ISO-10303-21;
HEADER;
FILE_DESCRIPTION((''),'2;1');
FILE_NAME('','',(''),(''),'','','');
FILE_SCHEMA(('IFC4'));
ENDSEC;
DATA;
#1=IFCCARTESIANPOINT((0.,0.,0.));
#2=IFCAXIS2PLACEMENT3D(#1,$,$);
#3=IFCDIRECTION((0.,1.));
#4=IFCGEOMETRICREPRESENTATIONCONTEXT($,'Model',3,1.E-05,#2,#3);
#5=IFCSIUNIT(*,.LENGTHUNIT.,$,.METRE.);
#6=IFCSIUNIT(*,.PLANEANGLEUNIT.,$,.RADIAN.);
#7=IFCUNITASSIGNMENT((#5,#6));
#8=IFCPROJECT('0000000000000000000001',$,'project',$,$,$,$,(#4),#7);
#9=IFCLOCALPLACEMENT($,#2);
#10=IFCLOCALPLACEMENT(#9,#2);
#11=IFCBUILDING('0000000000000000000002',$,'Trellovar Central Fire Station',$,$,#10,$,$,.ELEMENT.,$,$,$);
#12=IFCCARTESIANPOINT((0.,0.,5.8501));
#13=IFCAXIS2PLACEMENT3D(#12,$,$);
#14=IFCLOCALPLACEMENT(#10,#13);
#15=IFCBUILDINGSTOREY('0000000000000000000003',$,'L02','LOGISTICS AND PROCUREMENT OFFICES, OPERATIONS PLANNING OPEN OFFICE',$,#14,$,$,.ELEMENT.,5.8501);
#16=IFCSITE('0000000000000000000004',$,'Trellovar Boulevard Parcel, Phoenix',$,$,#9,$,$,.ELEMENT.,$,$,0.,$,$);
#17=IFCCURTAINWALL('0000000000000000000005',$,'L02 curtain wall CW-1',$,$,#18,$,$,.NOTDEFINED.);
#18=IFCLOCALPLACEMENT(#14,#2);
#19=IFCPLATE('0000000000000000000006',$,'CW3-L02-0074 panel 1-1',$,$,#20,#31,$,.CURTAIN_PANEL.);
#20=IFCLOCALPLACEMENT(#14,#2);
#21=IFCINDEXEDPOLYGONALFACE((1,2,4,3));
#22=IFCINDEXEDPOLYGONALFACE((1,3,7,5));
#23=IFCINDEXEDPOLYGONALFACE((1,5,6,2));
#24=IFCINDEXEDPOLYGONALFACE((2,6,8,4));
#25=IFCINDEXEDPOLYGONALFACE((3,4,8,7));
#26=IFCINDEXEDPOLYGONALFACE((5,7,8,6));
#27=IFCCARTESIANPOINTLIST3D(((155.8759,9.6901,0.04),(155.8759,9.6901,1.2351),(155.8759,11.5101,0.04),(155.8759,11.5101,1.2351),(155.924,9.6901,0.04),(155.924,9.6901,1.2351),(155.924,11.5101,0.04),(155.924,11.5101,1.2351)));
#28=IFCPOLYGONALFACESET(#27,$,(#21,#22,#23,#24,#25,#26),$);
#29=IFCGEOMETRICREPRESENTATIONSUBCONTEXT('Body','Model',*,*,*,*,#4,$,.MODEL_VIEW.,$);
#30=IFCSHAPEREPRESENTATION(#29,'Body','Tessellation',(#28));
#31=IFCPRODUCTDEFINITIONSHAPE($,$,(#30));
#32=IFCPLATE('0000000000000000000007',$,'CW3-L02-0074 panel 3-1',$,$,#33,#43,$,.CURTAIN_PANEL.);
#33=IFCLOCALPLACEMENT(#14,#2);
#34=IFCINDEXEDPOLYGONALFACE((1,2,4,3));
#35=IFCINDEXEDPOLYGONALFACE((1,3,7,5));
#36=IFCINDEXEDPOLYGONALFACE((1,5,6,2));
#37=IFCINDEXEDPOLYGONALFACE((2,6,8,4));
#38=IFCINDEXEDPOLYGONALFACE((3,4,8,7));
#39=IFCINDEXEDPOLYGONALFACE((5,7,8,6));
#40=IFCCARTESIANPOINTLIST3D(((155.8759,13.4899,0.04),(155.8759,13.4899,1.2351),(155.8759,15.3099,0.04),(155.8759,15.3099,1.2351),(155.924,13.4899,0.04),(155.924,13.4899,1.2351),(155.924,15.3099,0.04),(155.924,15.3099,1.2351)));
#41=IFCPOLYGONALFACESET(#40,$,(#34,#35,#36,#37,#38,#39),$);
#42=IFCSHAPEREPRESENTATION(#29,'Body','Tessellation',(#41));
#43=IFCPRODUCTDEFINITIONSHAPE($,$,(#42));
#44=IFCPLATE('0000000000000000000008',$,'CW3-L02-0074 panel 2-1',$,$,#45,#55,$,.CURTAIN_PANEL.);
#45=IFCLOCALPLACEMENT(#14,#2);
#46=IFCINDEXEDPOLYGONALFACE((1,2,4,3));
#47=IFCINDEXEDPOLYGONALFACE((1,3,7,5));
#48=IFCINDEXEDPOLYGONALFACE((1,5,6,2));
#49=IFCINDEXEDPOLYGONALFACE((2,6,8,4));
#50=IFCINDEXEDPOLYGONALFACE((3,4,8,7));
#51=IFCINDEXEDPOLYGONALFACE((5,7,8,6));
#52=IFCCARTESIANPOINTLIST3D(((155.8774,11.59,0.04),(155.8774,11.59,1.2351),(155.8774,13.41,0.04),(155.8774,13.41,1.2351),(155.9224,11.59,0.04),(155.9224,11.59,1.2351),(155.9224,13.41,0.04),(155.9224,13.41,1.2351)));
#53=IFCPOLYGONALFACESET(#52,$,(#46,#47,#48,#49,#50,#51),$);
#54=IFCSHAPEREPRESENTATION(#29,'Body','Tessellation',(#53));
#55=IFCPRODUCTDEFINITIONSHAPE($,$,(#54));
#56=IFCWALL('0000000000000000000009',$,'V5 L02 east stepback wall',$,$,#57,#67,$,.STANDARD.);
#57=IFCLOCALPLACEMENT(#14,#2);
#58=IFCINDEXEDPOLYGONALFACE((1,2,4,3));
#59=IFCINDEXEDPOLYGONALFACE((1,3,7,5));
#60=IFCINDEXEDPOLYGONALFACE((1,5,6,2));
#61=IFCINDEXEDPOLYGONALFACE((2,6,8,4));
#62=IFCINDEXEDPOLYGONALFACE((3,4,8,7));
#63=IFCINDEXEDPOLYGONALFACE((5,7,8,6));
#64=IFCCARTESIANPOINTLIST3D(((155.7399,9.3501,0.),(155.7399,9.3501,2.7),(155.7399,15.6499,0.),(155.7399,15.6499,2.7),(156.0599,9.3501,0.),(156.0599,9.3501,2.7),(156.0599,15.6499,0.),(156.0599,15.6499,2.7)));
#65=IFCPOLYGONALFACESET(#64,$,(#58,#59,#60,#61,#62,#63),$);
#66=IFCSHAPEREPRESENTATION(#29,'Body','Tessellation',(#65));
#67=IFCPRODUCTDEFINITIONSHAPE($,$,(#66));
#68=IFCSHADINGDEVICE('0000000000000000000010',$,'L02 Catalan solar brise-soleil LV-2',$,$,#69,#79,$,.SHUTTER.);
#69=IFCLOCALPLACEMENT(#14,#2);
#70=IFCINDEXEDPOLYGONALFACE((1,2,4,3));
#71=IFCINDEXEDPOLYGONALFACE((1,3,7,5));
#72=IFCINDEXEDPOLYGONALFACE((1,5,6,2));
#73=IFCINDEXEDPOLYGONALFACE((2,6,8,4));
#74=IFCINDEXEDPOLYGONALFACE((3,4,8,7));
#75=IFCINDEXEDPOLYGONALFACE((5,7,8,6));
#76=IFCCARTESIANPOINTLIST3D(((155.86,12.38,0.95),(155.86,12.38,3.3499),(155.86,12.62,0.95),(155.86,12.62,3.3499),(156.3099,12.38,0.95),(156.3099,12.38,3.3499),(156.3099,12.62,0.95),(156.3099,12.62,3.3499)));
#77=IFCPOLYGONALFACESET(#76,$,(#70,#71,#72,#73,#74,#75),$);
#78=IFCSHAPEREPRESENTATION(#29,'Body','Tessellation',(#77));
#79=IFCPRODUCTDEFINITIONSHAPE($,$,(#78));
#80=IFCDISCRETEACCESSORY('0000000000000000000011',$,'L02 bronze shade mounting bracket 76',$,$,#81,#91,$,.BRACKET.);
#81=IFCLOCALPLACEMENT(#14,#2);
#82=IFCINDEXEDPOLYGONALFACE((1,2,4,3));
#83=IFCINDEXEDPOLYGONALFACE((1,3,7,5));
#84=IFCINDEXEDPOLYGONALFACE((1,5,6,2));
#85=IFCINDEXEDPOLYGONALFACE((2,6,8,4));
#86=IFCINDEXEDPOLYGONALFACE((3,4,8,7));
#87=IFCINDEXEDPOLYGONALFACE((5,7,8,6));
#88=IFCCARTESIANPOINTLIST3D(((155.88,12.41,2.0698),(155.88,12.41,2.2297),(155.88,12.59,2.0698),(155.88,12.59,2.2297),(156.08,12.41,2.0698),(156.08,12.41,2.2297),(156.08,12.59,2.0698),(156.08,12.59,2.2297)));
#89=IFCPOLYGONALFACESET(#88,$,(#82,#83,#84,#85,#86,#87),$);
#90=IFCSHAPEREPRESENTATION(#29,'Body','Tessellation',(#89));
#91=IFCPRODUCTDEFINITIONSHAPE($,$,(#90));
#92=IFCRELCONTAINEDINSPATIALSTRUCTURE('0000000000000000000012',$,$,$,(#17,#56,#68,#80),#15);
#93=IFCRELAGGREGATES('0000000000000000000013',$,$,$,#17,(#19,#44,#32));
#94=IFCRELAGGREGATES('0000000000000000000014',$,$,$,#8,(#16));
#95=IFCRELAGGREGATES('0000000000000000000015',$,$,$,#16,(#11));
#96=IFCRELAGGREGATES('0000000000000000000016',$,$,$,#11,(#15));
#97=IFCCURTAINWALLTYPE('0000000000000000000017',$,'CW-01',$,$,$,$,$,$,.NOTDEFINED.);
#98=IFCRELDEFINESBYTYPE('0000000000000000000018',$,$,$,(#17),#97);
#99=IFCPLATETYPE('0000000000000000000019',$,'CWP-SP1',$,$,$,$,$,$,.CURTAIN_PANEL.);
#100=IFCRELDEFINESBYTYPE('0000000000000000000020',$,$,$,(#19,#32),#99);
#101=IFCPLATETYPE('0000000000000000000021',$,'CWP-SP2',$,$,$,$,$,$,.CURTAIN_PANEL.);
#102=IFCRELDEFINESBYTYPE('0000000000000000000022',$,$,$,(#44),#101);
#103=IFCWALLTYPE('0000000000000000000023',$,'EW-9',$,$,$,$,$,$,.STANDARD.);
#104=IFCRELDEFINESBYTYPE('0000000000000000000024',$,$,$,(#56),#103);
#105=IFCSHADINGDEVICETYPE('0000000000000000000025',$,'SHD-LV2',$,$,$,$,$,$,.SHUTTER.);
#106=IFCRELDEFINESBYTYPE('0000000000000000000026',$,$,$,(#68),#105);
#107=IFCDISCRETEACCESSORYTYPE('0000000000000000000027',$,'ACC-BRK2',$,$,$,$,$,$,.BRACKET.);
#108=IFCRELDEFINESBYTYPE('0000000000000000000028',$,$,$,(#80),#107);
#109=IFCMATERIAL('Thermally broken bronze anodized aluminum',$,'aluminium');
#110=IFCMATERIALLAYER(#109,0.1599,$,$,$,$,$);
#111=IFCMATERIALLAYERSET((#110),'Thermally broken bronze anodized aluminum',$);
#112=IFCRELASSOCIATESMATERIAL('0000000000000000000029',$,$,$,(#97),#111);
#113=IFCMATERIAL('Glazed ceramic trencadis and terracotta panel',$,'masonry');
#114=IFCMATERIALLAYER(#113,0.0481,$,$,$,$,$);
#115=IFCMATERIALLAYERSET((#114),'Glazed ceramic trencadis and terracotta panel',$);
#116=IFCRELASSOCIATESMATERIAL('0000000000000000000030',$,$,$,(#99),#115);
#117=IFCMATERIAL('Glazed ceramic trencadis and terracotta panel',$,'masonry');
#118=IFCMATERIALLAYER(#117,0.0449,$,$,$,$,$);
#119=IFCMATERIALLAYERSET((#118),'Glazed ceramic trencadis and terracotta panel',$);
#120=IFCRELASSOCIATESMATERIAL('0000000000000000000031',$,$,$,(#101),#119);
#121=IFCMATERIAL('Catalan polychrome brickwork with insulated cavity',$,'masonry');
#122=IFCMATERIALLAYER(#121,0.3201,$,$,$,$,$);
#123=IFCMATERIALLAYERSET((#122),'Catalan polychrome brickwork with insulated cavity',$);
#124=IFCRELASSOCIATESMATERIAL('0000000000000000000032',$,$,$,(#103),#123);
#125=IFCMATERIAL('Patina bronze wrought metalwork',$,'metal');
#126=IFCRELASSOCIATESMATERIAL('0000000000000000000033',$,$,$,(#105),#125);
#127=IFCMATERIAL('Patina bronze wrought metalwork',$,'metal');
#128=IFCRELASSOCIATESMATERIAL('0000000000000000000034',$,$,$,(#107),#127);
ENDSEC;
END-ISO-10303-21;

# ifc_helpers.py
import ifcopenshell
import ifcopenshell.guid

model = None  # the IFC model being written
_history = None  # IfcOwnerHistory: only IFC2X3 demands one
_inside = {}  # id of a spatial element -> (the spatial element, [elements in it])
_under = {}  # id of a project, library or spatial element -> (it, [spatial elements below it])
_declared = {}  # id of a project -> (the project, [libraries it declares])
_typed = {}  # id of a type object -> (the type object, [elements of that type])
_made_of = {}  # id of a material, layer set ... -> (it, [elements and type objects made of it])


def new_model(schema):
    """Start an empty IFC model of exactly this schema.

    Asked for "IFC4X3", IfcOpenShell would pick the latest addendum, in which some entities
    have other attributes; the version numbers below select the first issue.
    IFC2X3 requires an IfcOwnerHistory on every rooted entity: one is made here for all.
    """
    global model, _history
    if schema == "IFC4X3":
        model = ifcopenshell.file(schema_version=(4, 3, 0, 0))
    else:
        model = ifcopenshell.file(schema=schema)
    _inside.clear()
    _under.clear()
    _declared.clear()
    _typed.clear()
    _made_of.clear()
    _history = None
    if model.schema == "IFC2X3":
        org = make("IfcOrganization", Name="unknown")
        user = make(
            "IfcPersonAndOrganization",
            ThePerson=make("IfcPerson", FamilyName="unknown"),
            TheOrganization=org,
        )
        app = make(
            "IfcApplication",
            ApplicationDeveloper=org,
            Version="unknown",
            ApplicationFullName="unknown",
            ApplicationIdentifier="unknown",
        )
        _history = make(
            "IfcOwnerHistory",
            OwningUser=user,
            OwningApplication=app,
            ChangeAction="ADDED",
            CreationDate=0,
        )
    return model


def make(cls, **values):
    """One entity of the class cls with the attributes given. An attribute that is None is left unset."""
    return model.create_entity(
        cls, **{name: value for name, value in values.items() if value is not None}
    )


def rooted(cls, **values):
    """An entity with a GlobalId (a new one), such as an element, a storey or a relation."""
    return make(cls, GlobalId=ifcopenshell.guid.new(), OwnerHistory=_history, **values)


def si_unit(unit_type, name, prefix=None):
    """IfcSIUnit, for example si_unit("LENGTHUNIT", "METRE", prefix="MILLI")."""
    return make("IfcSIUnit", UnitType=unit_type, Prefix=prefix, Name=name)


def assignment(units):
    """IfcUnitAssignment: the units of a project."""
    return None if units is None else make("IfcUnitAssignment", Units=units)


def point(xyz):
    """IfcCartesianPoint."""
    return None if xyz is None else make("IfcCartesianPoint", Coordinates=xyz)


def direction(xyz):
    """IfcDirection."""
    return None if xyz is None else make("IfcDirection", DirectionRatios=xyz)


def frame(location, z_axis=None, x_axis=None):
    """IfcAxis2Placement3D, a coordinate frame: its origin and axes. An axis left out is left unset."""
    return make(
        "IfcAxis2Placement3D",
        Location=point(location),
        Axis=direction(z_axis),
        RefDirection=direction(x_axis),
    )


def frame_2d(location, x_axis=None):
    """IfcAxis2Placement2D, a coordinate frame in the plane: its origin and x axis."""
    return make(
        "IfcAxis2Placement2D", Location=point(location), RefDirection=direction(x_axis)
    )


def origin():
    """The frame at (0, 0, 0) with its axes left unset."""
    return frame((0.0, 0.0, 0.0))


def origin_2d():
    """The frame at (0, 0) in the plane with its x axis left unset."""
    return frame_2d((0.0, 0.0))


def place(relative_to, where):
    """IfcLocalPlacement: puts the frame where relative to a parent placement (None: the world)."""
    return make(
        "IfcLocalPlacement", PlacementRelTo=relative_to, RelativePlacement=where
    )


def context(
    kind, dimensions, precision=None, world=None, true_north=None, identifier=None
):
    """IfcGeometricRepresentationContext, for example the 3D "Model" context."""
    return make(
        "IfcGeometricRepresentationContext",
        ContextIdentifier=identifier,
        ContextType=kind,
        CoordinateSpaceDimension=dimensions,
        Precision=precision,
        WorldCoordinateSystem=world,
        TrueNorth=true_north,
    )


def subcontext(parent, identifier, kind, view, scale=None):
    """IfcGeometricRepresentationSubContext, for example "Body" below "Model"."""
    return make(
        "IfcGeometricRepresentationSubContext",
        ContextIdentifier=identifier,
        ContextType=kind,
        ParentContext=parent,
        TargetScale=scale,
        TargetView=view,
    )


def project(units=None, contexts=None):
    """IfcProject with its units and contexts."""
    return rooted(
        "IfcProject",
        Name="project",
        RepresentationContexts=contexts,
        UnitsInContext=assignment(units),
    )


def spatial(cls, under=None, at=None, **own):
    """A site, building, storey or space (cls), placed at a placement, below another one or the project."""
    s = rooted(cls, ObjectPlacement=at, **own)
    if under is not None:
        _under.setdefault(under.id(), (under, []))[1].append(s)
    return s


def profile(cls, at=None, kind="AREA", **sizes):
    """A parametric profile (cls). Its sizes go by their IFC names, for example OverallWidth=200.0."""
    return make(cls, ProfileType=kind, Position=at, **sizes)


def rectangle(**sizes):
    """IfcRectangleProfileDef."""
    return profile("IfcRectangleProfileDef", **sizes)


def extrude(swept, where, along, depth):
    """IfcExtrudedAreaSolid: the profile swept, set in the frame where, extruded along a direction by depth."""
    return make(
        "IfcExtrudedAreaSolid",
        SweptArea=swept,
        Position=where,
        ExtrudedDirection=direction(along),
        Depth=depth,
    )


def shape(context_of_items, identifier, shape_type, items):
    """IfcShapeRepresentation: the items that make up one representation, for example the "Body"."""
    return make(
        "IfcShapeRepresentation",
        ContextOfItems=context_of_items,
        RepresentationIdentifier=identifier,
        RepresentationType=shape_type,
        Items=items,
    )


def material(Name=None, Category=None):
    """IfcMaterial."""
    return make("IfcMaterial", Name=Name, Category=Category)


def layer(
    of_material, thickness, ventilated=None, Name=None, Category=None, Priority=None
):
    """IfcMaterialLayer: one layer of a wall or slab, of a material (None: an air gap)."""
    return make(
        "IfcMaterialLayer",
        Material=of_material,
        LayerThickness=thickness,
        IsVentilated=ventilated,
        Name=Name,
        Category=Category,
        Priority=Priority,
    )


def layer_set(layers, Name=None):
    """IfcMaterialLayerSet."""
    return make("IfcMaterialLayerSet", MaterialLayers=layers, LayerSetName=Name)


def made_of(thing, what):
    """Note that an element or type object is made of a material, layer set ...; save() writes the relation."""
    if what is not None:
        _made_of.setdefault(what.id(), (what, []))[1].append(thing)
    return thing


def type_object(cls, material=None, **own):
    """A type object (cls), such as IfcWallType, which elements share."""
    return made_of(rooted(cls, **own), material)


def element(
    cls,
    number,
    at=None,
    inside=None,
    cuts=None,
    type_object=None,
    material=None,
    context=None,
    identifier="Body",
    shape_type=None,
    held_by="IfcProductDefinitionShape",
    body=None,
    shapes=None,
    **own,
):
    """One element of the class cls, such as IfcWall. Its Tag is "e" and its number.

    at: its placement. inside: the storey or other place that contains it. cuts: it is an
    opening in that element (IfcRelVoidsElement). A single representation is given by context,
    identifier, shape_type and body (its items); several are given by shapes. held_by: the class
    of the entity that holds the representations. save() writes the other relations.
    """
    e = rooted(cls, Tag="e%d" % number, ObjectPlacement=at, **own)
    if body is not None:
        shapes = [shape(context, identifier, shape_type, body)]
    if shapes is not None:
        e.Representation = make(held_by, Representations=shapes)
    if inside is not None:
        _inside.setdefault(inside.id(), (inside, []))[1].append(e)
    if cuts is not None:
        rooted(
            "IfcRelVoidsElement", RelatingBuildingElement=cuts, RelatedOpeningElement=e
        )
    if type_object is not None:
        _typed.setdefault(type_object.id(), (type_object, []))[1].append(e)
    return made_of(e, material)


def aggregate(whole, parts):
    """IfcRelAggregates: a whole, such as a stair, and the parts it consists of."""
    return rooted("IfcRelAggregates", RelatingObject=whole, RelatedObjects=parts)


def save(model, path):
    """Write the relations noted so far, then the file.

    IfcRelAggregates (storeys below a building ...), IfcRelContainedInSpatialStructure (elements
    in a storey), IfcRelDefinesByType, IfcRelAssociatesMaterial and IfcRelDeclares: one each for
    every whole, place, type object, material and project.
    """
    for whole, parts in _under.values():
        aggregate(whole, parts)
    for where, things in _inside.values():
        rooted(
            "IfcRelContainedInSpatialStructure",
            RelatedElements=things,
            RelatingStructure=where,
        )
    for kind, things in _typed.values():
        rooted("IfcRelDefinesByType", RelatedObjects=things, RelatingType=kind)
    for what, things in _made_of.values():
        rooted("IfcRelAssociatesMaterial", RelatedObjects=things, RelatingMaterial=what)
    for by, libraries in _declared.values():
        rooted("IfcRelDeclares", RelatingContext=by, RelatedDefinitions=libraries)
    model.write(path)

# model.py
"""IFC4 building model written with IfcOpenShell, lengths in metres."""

from ifc_helpers import new_model, si_unit, direction, frame, frame_2d, origin, origin_2d, place, context, subcontext, project, spatial, rectangle, extrude, material, layer, layer_set, type_object, element, aggregate, save


model = new_model("IFC4")

# Units and contexts
model_context = context("Model", 3, precision=1e-05, world=origin(), true_north=direction((0.0, 1.0)))
body_context = subcontext(model_context, "Body", "Model", "MODEL_VIEW")
ifc_project = project(units=[si_unit("LENGTHUNIT", "METRE"), si_unit("PLANEANGLEUNIT", "RADIAN")], contexts=[model_context])

# Site, building, storey
site_placement = place(None, origin())
site = spatial("IfcSite", under=ifc_project, at=site_placement, Name="Trellovar Boulevard Parcel, Phoenix", CompositionType="ELEMENT", RefElevation=0.0)
building_placement = place(site_placement, origin())
building = spatial("IfcBuilding", under=site, at=building_placement, Name="Trellovar Central Fire Station", CompositionType="ELEMENT")
storey_placement = place(building_placement, frame((0.0, 0.0, 5.8501)))
storey = spatial("IfcBuildingStorey", under=building, at=storey_placement, Name="L02", Description="LOGISTICS AND PROCUREMENT OFFICES, OPERATIONS PLANNING OPEN OFFICE", CompositionType="ELEMENT", Elevation=5.8501)

# Curtain wall, plates
ifc_material_1 = material(Name="Thermally broken bronze anodized aluminum", Category="aluminium")
ifc_layer_1 = layer(ifc_material_1, 0.1599)
ifc_layer_set_1 = layer_set([ifc_layer_1], Name="Thermally broken bronze anodized aluminum")
curtain_wall_type = type_object("IfcCurtainWallType", Name="CW-01", PredefinedType="NOTDEFINED", material=ifc_layer_set_1)
curtain_wall_placement = place(storey_placement, origin())
curtain_wall = element("IfcCurtainWall", 1, at=curtain_wall_placement, inside=storey, type_object=curtain_wall_type, Name="L02 curtain wall CW-1", PredefinedType="NOTDEFINED")
ifc_material_2 = material(Name="Glazed ceramic trencadis and terracotta panel", Category="masonry")
ifc_layer_2 = layer(ifc_material_2, 0.0481)
ifc_layer_set_2 = layer_set([ifc_layer_2], Name="Glazed ceramic trencadis and terracotta panel")
plate_type_1 = type_object("IfcPlateType", Name="CWP-SP1", PredefinedType="CURTAIN_PANEL", material=ifc_layer_set_2)
plate_1_placement = place(storey_placement, frame((155.8999, 10.6001, 0.04), z_axis=(0.0, 0.0, 1.0), x_axis=(0.0, 1.0, 0.0)))
plate_1 = element("IfcPlate", 2, at=plate_1_placement, type_object=plate_type_1, Name="CW3-L02-0074 panel 1-1", PredefinedType="CURTAIN_PANEL", context=body_context, shape_type="SweptSolid", body=[
    extrude(rectangle(XDim=1.8201, YDim=0.0481, at=origin_2d()), origin(), (0.0, 0.0, 1.0), 1.1951),
])
plate_2_placement = place(storey_placement, frame((155.8999, 14.3999, 0.04), z_axis=(0.0, 0.0, 1.0), x_axis=(0.0, 1.0, 0.0)))
plate_2 = element("IfcPlate", 3, at=plate_2_placement, type_object=plate_type_1, Name="CW3-L02-0074 panel 3-1", PredefinedType="CURTAIN_PANEL", context=body_context, shape_type="SweptSolid", body=[
    extrude(rectangle(XDim=1.8201, YDim=0.0481, at=origin_2d()), origin(), (0.0, 0.0, 1.0), 1.1951),
])
ifc_material_3 = material(Name="Glazed ceramic trencadis and terracotta panel", Category="masonry")
ifc_layer_3 = layer(ifc_material_3, 0.0449)
ifc_layer_set_3 = layer_set([ifc_layer_3], Name="Glazed ceramic trencadis and terracotta panel")
plate_type_2 = type_object("IfcPlateType", Name="CWP-SP2", PredefinedType="CURTAIN_PANEL", material=ifc_layer_set_3)
plate_3_placement = place(storey_placement, frame((155.8999, 12.5, 0.04), z_axis=(0.0, 0.0, 1.0), x_axis=(0.0, 1.0, 0.0)))
plate_3 = element("IfcPlate", 4, at=plate_3_placement, type_object=plate_type_2, Name="CW3-L02-0074 panel 2-1", PredefinedType="CURTAIN_PANEL", context=body_context, shape_type="SweptSolid", body=[
    extrude(rectangle(XDim=1.8201, YDim=0.0449, at=origin_2d()), origin(), (0.0, 0.0, 1.0), 1.1951),
])
aggregate(curtain_wall, [plate_1, plate_3, plate_2])

# Wall
ifc_material_4 = material(Name="Catalan polychrome brickwork with insulated cavity", Category="masonry")
ifc_layer_4 = layer(ifc_material_4, 0.3201)
ifc_layer_set_4 = layer_set([ifc_layer_4], Name="Catalan polychrome brickwork with insulated cavity")
wall_type = type_object("IfcWallType", Name="EW-9", PredefinedType="STANDARD", material=ifc_layer_set_4)
wall_placement = place(storey_placement, frame((155.8999, 9.3501, 0.0), z_axis=(0.0, 0.0, 1.0), x_axis=(0.0, 1.0, 0.0)))
element("IfcWall", 5, at=wall_placement, inside=storey, type_object=wall_type, Name="V5 L02 east stepback wall", PredefinedType="STANDARD", context=body_context, shape_type="SweptSolid", body=[
    extrude(rectangle(XDim=6.2998, YDim=0.3201, at=frame_2d((3.1499, 0.0))), origin(), (0.0, 0.0, 1.0), 2.7),
])

# Shading device
ifc_material_5 = material(Name="Patina bronze wrought metalwork", Category="metal")
shading_device_type = type_object("IfcShadingDeviceType", Name="SHD-LV2", PredefinedType="SHUTTER", material=ifc_material_5)
shading_device_placement = place(storey_placement, frame((156.085, 12.5, 0.95), z_axis=(0.0, 0.0, 1.0), x_axis=(1.0, 0.0, 0.0)))
element("IfcShadingDevice", 6, at=shading_device_placement, inside=storey, type_object=shading_device_type, Name="L02 Catalan solar brise-soleil LV-2", PredefinedType="SHUTTER", context=body_context, shape_type="SweptSolid", body=[
    extrude(rectangle(XDim=0.45, YDim=0.24, at=origin_2d()), origin(), (0.0, 0.0, 1.0), 2.3999),
])

# Discrete accessory
ifc_material_6 = material(Name="Patina bronze wrought metalwork", Category="metal")
discrete_accessory_type = type_object("IfcDiscreteAccessoryType", Name="ACC-BRK2", PredefinedType="BRACKET", material=ifc_material_6)
discrete_accessory_placement = place(storey_placement, frame((155.98, 12.5, 2.0698), z_axis=(0.0, 0.0, 1.0), x_axis=(1.0, 0.0, 0.0)))
element("IfcDiscreteAccessory", 7, at=discrete_accessory_placement, inside=storey, type_object=discrete_accessory_type, Name="L02 bronze shade mounting bracket 76", PredefinedType="BRACKET", context=body_context, shape_type="SweptSolid", body=[
    extrude(rectangle(XDim=0.2, YDim=0.1799, at=origin_2d()), origin(), (0.0, 0.0, 1.0), 0.1599),
])

save(model, "model.ifc")
